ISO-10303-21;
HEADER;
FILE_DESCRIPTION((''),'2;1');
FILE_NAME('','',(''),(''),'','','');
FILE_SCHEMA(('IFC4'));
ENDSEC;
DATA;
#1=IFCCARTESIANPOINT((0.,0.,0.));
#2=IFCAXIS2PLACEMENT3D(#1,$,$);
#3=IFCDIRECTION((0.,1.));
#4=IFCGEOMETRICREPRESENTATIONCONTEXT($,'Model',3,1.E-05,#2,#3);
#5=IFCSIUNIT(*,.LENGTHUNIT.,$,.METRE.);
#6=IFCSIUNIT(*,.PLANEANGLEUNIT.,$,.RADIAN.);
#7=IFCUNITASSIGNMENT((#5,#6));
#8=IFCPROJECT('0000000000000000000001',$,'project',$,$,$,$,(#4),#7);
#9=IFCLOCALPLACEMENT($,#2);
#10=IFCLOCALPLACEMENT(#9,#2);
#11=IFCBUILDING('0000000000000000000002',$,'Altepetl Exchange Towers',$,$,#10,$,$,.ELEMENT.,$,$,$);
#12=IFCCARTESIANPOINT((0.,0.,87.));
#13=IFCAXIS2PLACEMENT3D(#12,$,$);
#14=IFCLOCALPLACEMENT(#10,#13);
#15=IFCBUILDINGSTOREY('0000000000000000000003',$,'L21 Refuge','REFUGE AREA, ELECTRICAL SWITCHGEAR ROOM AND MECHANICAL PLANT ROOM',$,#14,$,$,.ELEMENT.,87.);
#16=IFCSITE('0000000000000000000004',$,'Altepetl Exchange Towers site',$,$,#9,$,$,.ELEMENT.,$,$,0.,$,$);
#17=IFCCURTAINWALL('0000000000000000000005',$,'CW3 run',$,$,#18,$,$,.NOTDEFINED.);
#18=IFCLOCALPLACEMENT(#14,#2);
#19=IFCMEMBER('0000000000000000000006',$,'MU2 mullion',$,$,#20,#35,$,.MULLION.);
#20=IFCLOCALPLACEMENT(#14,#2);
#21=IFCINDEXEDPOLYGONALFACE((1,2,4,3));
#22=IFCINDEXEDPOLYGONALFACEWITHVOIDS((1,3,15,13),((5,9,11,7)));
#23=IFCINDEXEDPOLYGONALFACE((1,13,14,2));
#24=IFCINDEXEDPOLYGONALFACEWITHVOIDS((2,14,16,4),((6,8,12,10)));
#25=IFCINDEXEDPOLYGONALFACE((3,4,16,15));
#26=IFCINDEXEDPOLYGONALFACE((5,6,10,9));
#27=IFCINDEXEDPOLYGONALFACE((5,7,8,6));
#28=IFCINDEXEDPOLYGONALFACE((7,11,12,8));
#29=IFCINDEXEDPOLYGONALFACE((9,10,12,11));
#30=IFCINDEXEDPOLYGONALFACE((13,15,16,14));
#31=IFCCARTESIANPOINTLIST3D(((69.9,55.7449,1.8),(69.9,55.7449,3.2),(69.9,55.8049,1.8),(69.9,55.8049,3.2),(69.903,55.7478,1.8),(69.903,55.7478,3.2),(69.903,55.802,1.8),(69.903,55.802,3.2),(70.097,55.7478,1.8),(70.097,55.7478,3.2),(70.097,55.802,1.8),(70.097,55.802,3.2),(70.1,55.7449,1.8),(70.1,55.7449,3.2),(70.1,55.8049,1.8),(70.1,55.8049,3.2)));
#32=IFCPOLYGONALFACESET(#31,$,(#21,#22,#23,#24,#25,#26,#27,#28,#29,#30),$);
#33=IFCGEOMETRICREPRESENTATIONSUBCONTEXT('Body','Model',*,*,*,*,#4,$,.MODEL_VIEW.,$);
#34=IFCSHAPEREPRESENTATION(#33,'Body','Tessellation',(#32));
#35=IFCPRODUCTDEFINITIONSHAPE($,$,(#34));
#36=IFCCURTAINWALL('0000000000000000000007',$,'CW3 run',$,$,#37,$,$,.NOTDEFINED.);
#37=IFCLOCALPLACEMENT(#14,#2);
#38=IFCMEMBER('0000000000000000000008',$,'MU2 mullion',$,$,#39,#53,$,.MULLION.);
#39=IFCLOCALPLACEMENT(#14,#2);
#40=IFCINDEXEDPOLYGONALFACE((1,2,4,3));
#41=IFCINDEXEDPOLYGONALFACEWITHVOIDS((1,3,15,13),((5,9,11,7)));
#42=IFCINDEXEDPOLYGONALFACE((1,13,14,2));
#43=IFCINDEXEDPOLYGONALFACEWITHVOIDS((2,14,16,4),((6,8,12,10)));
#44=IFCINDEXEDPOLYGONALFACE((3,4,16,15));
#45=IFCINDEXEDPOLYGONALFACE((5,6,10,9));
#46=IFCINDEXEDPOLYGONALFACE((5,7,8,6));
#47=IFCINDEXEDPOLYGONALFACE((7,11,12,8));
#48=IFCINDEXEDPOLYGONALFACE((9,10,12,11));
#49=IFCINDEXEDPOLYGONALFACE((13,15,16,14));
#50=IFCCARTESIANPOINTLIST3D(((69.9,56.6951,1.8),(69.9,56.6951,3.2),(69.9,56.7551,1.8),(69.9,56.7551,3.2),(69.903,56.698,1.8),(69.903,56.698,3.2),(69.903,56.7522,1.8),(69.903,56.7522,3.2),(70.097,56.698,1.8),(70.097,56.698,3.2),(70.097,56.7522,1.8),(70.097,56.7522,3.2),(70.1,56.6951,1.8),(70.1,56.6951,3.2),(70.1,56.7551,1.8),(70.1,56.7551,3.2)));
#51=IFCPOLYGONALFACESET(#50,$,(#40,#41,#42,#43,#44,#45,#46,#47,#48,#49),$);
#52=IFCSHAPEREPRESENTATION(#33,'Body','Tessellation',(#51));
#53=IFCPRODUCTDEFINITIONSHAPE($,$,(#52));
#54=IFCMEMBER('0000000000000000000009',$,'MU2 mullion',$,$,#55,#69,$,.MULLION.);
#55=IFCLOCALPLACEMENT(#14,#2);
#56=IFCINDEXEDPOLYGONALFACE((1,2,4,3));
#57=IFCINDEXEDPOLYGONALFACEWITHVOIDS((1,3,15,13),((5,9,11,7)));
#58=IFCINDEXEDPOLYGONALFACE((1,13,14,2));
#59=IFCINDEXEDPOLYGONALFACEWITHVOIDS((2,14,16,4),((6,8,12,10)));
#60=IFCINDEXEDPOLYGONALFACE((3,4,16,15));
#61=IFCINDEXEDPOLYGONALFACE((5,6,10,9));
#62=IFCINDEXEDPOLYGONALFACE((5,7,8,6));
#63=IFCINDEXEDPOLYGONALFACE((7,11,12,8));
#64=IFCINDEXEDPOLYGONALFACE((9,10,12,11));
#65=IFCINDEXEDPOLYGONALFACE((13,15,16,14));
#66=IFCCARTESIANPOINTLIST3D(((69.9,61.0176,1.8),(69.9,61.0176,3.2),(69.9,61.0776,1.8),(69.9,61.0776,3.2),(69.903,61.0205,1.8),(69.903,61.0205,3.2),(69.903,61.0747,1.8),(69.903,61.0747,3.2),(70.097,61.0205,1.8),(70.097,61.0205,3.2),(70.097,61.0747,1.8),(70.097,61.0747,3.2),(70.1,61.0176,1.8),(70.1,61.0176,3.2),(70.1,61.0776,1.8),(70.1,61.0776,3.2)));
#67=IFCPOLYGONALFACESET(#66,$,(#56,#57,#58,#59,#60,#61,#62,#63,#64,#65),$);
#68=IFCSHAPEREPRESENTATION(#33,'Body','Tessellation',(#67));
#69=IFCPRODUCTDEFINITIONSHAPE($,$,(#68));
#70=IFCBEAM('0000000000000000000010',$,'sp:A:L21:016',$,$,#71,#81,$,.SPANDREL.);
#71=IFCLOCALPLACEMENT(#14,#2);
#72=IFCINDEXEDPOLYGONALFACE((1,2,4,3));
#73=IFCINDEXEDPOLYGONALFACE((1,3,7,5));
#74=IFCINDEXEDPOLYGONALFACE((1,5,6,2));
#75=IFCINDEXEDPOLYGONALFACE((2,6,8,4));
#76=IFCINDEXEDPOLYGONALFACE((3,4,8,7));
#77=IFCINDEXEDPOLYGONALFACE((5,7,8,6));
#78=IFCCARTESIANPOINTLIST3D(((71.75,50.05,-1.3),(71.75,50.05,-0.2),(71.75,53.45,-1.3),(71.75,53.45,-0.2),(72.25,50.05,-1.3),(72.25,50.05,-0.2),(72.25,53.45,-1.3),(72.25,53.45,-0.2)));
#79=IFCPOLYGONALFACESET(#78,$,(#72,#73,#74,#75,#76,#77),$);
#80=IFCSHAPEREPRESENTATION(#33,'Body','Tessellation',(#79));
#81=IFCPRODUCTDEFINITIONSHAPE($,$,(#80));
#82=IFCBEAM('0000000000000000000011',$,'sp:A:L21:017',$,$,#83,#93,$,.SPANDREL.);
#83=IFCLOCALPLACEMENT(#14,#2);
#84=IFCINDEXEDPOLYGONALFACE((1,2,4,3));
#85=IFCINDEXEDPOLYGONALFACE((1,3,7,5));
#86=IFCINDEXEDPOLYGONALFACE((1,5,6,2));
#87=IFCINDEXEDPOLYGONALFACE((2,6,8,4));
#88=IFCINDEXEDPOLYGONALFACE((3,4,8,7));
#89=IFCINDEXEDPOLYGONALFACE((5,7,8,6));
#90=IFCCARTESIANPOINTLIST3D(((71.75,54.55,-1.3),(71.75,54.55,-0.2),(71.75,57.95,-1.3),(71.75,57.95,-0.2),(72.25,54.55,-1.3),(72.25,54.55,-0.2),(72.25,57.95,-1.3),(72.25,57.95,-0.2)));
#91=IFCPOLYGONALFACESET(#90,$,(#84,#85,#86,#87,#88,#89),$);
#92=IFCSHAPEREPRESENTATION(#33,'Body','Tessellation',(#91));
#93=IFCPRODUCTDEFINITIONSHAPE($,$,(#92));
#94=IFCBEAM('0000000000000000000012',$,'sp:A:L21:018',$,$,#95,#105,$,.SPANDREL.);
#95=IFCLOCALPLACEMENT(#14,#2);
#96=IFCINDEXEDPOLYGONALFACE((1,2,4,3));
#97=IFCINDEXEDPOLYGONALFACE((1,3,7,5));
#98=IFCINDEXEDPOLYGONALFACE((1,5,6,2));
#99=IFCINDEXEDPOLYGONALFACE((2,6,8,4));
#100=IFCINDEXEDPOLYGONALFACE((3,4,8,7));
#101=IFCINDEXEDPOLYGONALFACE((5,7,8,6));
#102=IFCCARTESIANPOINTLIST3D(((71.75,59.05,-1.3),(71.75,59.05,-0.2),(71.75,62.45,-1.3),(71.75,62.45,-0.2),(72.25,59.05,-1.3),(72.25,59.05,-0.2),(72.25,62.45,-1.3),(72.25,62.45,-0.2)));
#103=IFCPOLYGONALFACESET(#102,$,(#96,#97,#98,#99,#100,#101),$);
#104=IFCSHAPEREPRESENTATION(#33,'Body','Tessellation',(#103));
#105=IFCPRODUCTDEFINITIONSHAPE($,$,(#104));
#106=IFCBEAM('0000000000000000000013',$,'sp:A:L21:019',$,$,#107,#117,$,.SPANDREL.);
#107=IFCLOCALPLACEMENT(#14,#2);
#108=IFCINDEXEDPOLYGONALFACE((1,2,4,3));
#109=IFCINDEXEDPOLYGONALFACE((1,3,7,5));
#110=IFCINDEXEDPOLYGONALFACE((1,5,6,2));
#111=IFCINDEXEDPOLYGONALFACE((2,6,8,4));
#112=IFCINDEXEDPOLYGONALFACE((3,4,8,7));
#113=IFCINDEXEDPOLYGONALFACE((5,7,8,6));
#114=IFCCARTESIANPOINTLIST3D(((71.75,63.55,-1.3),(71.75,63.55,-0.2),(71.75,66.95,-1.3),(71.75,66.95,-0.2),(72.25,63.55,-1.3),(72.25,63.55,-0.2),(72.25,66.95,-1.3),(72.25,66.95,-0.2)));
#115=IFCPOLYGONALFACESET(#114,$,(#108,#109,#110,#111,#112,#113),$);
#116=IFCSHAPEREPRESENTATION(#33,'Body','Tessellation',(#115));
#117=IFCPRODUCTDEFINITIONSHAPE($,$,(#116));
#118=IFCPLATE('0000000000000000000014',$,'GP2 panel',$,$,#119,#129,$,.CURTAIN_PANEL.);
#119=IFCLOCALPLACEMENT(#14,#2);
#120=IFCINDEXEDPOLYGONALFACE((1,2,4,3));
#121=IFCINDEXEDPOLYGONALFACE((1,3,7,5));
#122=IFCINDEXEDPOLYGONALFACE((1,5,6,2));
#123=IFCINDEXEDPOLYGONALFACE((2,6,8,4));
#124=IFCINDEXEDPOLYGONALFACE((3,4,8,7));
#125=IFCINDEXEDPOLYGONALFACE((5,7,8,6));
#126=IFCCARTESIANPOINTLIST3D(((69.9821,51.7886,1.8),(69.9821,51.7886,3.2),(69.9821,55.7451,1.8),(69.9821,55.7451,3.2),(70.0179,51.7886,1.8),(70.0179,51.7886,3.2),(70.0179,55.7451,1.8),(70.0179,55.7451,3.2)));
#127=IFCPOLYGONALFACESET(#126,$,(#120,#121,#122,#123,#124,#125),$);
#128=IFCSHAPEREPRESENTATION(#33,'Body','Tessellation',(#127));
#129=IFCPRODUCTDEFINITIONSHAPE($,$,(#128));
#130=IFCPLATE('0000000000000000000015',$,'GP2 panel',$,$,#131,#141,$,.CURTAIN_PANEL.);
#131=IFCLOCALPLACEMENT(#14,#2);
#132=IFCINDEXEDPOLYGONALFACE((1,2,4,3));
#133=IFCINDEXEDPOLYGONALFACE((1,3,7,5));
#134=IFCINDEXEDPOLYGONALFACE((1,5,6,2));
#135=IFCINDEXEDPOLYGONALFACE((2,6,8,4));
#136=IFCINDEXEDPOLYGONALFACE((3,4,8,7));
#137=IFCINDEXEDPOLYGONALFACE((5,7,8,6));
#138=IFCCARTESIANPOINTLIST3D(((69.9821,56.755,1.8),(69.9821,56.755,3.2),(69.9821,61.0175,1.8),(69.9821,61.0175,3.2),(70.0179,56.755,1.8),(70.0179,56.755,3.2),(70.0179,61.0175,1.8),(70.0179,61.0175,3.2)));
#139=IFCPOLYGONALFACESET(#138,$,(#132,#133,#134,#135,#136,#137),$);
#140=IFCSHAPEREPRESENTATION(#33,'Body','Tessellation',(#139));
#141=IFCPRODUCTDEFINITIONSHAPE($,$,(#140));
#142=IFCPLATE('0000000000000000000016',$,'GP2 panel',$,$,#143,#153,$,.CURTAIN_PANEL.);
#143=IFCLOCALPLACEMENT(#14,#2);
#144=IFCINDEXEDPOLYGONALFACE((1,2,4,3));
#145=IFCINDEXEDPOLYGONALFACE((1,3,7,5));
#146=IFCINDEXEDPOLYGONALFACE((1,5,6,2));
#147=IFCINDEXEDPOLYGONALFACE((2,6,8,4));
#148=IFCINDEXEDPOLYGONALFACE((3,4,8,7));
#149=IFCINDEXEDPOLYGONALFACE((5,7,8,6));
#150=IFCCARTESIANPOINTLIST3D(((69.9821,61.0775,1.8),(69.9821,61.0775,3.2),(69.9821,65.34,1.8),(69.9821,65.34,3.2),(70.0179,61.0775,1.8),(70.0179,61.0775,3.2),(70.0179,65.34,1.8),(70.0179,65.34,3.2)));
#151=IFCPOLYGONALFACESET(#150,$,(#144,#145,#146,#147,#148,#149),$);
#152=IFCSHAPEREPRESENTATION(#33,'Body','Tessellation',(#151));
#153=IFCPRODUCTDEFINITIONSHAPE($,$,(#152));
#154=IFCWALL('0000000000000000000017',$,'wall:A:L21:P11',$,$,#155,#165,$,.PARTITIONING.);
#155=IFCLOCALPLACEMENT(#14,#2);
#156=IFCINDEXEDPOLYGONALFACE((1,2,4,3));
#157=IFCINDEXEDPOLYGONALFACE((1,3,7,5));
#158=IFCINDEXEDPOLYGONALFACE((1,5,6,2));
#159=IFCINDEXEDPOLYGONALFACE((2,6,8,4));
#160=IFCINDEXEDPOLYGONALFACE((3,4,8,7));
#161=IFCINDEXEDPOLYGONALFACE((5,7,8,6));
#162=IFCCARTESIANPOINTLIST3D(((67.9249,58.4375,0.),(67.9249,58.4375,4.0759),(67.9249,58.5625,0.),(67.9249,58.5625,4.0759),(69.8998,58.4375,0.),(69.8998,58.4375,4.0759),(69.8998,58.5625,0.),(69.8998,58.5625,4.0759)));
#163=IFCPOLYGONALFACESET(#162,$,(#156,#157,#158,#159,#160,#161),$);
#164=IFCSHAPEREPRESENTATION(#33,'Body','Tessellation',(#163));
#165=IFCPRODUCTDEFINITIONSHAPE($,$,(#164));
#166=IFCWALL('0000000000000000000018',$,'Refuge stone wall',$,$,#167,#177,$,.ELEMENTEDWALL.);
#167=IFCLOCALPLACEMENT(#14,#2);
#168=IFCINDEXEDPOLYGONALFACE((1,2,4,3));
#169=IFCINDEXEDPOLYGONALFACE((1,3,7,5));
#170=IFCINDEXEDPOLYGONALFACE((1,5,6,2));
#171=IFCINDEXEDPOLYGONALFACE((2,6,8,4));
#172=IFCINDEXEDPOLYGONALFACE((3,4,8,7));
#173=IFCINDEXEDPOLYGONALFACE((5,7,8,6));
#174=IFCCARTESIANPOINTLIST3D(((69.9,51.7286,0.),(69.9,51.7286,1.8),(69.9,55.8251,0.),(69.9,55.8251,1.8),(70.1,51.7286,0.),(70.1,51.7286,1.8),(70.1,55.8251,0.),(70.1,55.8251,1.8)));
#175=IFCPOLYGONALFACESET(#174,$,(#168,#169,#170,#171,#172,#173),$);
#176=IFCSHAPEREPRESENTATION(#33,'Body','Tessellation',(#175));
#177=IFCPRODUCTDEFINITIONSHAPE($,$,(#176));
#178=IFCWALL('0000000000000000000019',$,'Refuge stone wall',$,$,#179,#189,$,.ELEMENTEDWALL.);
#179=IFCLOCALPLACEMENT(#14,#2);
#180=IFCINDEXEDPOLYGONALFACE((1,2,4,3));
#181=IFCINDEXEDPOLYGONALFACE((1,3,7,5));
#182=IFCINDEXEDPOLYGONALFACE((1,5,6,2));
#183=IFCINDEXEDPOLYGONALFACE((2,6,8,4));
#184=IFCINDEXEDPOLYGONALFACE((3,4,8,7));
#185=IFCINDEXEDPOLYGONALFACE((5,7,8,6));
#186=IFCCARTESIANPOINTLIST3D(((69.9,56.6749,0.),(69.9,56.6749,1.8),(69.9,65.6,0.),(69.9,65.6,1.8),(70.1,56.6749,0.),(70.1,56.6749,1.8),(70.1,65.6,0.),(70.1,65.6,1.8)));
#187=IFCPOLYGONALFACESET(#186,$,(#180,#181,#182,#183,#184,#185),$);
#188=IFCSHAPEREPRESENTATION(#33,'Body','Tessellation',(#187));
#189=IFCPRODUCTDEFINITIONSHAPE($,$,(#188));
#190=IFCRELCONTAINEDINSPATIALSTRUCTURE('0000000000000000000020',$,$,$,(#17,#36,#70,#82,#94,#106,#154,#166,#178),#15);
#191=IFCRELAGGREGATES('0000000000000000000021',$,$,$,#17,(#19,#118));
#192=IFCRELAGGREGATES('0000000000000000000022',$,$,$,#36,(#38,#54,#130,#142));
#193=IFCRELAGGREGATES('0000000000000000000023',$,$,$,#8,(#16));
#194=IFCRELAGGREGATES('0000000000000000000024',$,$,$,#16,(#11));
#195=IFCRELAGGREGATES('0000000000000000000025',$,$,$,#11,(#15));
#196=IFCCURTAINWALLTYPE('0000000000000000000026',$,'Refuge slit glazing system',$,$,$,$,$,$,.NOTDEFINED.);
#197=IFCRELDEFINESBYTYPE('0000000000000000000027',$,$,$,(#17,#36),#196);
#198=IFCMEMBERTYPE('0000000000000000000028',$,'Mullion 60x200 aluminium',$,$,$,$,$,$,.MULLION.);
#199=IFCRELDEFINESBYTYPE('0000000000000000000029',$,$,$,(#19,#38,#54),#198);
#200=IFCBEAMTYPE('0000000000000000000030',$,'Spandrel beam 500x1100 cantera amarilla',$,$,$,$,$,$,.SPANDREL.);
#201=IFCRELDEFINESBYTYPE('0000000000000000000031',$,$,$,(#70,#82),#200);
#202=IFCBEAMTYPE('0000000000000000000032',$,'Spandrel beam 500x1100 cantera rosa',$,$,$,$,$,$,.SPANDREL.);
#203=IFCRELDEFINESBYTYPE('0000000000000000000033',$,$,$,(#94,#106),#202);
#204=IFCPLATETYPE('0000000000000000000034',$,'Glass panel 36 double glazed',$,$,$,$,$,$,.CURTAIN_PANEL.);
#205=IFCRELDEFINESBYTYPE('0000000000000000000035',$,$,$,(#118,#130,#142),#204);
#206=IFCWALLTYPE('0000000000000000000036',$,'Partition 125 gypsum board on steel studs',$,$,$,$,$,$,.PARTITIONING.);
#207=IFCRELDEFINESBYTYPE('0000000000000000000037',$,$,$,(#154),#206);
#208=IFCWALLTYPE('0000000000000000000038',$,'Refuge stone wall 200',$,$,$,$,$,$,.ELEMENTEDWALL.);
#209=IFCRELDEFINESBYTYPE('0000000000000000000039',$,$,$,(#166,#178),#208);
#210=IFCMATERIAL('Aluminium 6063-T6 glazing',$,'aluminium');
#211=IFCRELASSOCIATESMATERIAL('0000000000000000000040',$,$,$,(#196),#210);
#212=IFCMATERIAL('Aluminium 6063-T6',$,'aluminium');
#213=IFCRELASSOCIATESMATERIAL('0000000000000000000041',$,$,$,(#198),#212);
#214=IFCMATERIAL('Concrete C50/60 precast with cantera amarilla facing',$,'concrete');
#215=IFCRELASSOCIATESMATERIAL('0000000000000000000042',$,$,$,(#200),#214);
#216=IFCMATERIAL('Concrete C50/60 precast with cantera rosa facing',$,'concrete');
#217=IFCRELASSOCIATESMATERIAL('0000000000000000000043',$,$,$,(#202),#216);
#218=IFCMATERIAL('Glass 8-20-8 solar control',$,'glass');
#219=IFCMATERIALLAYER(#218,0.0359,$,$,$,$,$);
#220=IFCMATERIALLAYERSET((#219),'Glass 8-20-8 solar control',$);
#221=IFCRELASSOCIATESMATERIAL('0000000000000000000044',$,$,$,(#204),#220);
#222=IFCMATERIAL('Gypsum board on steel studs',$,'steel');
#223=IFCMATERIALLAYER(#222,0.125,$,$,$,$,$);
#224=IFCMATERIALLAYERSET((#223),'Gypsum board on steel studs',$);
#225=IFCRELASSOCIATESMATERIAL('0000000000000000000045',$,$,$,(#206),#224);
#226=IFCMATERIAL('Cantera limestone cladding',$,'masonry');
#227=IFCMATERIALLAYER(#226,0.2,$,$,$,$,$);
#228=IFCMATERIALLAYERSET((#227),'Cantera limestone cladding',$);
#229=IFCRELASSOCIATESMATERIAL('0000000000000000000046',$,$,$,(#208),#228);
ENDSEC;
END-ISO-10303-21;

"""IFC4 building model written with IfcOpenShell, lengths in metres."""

from ifc_helpers import new_model, si_unit, direction, frame, frame_2d, origin, origin_2d, place, context, subcontext, project, spatial, rectangle, hollow_rectangle, extrude, material, layer, layer_set, material_profile, profile_set, type_object, element, aggregate, save


model = new_model("IFC4")

# Units and contexts
model_context = context("Model", 3, precision=1e-05, world=origin(), true_north=direction((0.0, 1.0)))
body_context = subcontext(model_context, "Body", "Model", "MODEL_VIEW")
ifc_project = project(units=[si_unit("LENGTHUNIT", "METRE"), si_unit("PLANEANGLEUNIT", "RADIAN")], contexts=[model_context])

# Site, building, storey
site_placement = place(None, origin())
site = spatial("IfcSite", under=ifc_project, at=site_placement, Name="Altepetl Exchange Towers site", CompositionType="ELEMENT", RefElevation=0.0)
building_placement = place(site_placement, origin())
building = spatial("IfcBuilding", under=site, at=building_placement, Name="Altepetl Exchange Towers", CompositionType="ELEMENT")
storey_placement = place(building_placement, frame((0.0, 0.0, 87.0)))
storey = spatial("IfcBuildingStorey", under=building, at=storey_placement, Name="L21 Refuge", Description="REFUGE AREA, ELECTRICAL SWITCHGEAR ROOM AND MECHANICAL PLANT ROOM", CompositionType="ELEMENT", Elevation=87.0)

# Curtain walls, members
ifc_material_1 = material(Name="Aluminium 6063-T6 glazing", Category="aluminium")
curtain_wall_type = type_object("IfcCurtainWallType", Name="Refuge slit glazing system", PredefinedType="NOTDEFINED", material=ifc_material_1)
curtain_wall_1_placement = place(storey_placement, origin())
curtain_wall_1 = element("IfcCurtainWall", 1, at=curtain_wall_1_placement, inside=storey, type_object=curtain_wall_type, Name="CW3 run", PredefinedType="NOTDEFINED")
ifc_material_2 = material(Name="Aluminium 6063-T6", Category="aluminium")
ifc_material_profile_1 = material_profile(ifc_material_2, hollow_rectangle(XDim=0.0601, YDim=0.2, WallThickness=0.0029, at=origin_2d()), Name="Mullion 60x200 aluminium")
ifc_profile_set_1 = profile_set([ifc_material_profile_1], Name="Aluminium 6063-T6")
member_type_1 = type_object("IfcMemberType", Name="Mullion 60x200 aluminium", PredefinedType="MULLION", material=ifc_profile_set_1)
member_1_placement = place(storey_placement, frame((70.0, 55.7749, 1.8), z_axis=(0.0, 0.0, 1.0), x_axis=(0.0, 1.0, 0.0)))
member_1 = element("IfcMember", 2, at=member_1_placement, type_object=member_type_1, Name="MU2 mullion", PredefinedType="MULLION", context=body_context, shape_type="SweptSolid", body=[
    extrude(hollow_rectangle(XDim=0.0601, YDim=0.2, WallThickness=0.0029, at=origin_2d()), origin(), (0.0, 0.0, 1.0), 1.3999),
])
curtain_wall_2_placement = place(storey_placement, origin())
curtain_wall_2 = element("IfcCurtainWall", 3, at=curtain_wall_2_placement, inside=storey, type_object=curtain_wall_type, Name="CW3 run", PredefinedType="NOTDEFINED")
member_2_placement = place(storey_placement, frame((70.0, 56.7251, 1.8), z_axis=(0.0, 0.0, 1.0), x_axis=(0.0, 1.0, 0.0)))
member_2 = element("IfcMember", 4, at=member_2_placement, type_object=member_type_1, Name="MU2 mullion", PredefinedType="MULLION", context=body_context, shape_type="SweptSolid", body=[
    extrude(hollow_rectangle(XDim=0.0601, YDim=0.2, WallThickness=0.0029, at=origin_2d()), origin(), (0.0, 0.0, 1.0), 1.3999),
])
member_3_placement = place(storey_placement, frame((70.0, 61.0476, 1.8), z_axis=(0.0, 0.0, 1.0), x_axis=(0.0, 1.0, 0.0)))
member_3 = element("IfcMember", 5, at=member_3_placement, type_object=member_type_1, Name="MU2 mullion", PredefinedType="MULLION", context=body_context, shape_type="SweptSolid", body=[
    extrude(hollow_rectangle(XDim=0.0601, YDim=0.2, WallThickness=0.0029, at=origin_2d()), origin(), (0.0, 0.0, 1.0), 1.3999),
])

# Beams
ifc_material_3 = material(Name="Concrete C50/60 precast with cantera amarilla facing", Category="concrete")
ifc_material_profile_2 = material_profile(ifc_material_3, rectangle(XDim=0.5, YDim=1.1001, at=origin_2d()), Name="500 x 1100")
ifc_profile_set_2 = profile_set([ifc_material_profile_2], Name="Concrete C50/60 precast with cantera amarilla facing")
beam_type_1 = type_object("IfcBeamType", Name="Spandrel beam 500x1100 cantera amarilla", PredefinedType="SPANDREL", material=ifc_profile_set_2)
for number, where, z_axis, x_axis, name in (
    (6, (72.0, 50.05, -0.75), (0.0, 1.0, 0.0), (-1.0, 0.0, 0.0), "sp:A:L21:016"),
    (7, (72.0, 54.55, -0.75), (0.0, 1.0, 0.0), (-1.0, 0.0, 0.0), "sp:A:L21:017"),
):
    element("IfcBeam", number, at=place(storey_placement, frame(where, z_axis=z_axis, x_axis=x_axis)), inside=storey, type_object=beam_type_1, Name=name, PredefinedType="SPANDREL", context=body_context, shape_type="SweptSolid", body=[
        extrude(rectangle(XDim=0.5, YDim=1.1001, at=origin_2d()), origin(), (0.0, 0.0, 1.0), 3.3999),
    ])
ifc_material_4 = material(Name="Concrete C50/60 precast with cantera rosa facing", Category="concrete")
ifc_material_profile_3 = material_profile(ifc_material_4, rectangle(XDim=0.5, YDim=1.1001, at=origin_2d()), Name="500 x 1100")
ifc_profile_set_3 = profile_set([ifc_material_profile_3], Name="Concrete C50/60 precast with cantera rosa facing")
beam_type_2 = type_object("IfcBeamType", Name="Spandrel beam 500x1100 cantera rosa", PredefinedType="SPANDREL", material=ifc_profile_set_3)
for number, where, z_axis, x_axis, name in (
    (8, (72.0, 59.05, -0.75), (0.0, 1.0, 0.0), (-1.0, 0.0, 0.0), "sp:A:L21:018"),
    (9, (72.0, 63.55, -0.75), (0.0, 1.0, 0.0), (-1.0, 0.0, 0.0), "sp:A:L21:019"),
):
    element("IfcBeam", number, at=place(storey_placement, frame(where, z_axis=z_axis, x_axis=x_axis)), inside=storey, type_object=beam_type_2, Name=name, PredefinedType="SPANDREL", context=body_context, shape_type="SweptSolid", body=[
        extrude(rectangle(XDim=0.5, YDim=1.1001, at=origin_2d()), origin(), (0.0, 0.0, 1.0), 3.3999),
    ])

# Plates
ifc_material_5 = material(Name="Glass 8-20-8 solar control", Category="glass")
ifc_layer_1 = layer(ifc_material_5, 0.0359)
ifc_layer_set_1 = layer_set([ifc_layer_1], Name="Glass 8-20-8 solar control")
plate_type = type_object("IfcPlateType", Name="Glass panel 36 double glazed", PredefinedType="CURTAIN_PANEL", material=ifc_layer_set_1)
plate_1_placement = place(storey_placement, frame((70.0, 53.7668, 1.8), z_axis=(0.0, 0.0, 1.0), x_axis=(0.0, 1.0, 0.0)))
plate_1 = element("IfcPlate", 10, at=plate_1_placement, type_object=plate_type, Name="GP2 panel", PredefinedType="CURTAIN_PANEL", context=body_context, shape_type="SweptSolid", body=[
    extrude(rectangle(XDim=3.9565, YDim=0.0359, at=origin_2d()), origin(), (0.0, 0.0, 1.0), 1.3999),
])
aggregate(curtain_wall_1, [member_1, plate_1])
plate_2_placement = place(storey_placement, frame((70.0, 58.8862, 1.8), z_axis=(0.0, 0.0, 1.0), x_axis=(0.0, 1.0, 0.0)))
plate_2 = element("IfcPlate", 11, at=plate_2_placement, type_object=plate_type, Name="GP2 panel", PredefinedType="CURTAIN_PANEL", context=body_context, shape_type="SweptSolid", body=[
    extrude(rectangle(XDim=4.2625, YDim=0.0359, at=origin_2d()), origin(), (0.0, 0.0, 1.0), 1.3999),
])
plate_3_placement = place(storey_placement, frame((70.0, 63.2087, 1.8), z_axis=(0.0, 0.0, 1.0), x_axis=(0.0, 1.0, 0.0)))
plate_3 = element("IfcPlate", 12, at=plate_3_placement, type_object=plate_type, Name="GP2 panel", PredefinedType="CURTAIN_PANEL", context=body_context, shape_type="SweptSolid", body=[
    extrude(rectangle(XDim=4.2625, YDim=0.0359, at=origin_2d()), origin(), (0.0, 0.0, 1.0), 1.3999),
])
aggregate(curtain_wall_2, [member_2, member_3, plate_2, plate_3])

# Walls
ifc_material_6 = material(Name="Gypsum board on steel studs", Category="steel")
ifc_layer_2 = layer(ifc_material_6, 0.125)
ifc_layer_set_2 = layer_set([ifc_layer_2], Name="Gypsum board on steel studs")
wall_type_1 = type_object("IfcWallType", Name="Partition 125 gypsum board on steel studs", PredefinedType="PARTITIONING", material=ifc_layer_set_2)
wall_1_placement = place(storey_placement, frame((67.925, 58.5, 0.0)))
element("IfcWall", 13, at=wall_1_placement, inside=storey, type_object=wall_type_1, Name="wall:A:L21:P11", PredefinedType="PARTITIONING", context=body_context, shape_type="SweptSolid", body=[
    extrude(rectangle(XDim=1.9749, YDim=0.125, at=frame_2d((0.9873, 0.0))), origin(), (0.0, 0.0, 1.0), 4.0759),
])
ifc_material_7 = material(Name="Cantera limestone cladding", Category="masonry")
ifc_layer_3 = layer(ifc_material_7, 0.2)
ifc_layer_set_3 = layer_set([ifc_layer_3], Name="Cantera limestone cladding")
wall_type_2 = type_object("IfcWallType", Name="Refuge stone wall 200", PredefinedType="ELEMENTEDWALL", material=ifc_layer_set_3)
wall_2_placement = place(storey_placement, frame((70.0, 51.7285, 0.0), z_axis=(0.0, 0.0, 1.0), x_axis=(0.0, 1.0, 0.0)))
element("IfcWall", 14, at=wall_2_placement, inside=storey, type_object=wall_type_2, Name="Refuge stone wall", PredefinedType="ELEMENTEDWALL", context=body_context, shape_type="SweptSolid", body=[
    extrude(rectangle(XDim=4.0964, YDim=0.2, at=frame_2d((2.0483, 0.0))), origin(), (0.0, 0.0, 1.0), 1.8),
])
wall_3_placement = place(storey_placement, frame((70.0, 56.675, 0.0), z_axis=(0.0, 0.0, 1.0), x_axis=(0.0, 1.0, 0.0)))
element("IfcWall", 15, at=wall_3_placement, inside=storey, type_object=wall_type_2, Name="Refuge stone wall", PredefinedType="ELEMENTEDWALL", context=body_context, shape_type="SweptSolid", body=[
    extrude(rectangle(XDim=8.925, YDim=0.2, at=frame_2d((4.4624, 0.0))), origin(), (0.0, 0.0, 1.0), 1.8),
])

save(model, "model.ifc")
